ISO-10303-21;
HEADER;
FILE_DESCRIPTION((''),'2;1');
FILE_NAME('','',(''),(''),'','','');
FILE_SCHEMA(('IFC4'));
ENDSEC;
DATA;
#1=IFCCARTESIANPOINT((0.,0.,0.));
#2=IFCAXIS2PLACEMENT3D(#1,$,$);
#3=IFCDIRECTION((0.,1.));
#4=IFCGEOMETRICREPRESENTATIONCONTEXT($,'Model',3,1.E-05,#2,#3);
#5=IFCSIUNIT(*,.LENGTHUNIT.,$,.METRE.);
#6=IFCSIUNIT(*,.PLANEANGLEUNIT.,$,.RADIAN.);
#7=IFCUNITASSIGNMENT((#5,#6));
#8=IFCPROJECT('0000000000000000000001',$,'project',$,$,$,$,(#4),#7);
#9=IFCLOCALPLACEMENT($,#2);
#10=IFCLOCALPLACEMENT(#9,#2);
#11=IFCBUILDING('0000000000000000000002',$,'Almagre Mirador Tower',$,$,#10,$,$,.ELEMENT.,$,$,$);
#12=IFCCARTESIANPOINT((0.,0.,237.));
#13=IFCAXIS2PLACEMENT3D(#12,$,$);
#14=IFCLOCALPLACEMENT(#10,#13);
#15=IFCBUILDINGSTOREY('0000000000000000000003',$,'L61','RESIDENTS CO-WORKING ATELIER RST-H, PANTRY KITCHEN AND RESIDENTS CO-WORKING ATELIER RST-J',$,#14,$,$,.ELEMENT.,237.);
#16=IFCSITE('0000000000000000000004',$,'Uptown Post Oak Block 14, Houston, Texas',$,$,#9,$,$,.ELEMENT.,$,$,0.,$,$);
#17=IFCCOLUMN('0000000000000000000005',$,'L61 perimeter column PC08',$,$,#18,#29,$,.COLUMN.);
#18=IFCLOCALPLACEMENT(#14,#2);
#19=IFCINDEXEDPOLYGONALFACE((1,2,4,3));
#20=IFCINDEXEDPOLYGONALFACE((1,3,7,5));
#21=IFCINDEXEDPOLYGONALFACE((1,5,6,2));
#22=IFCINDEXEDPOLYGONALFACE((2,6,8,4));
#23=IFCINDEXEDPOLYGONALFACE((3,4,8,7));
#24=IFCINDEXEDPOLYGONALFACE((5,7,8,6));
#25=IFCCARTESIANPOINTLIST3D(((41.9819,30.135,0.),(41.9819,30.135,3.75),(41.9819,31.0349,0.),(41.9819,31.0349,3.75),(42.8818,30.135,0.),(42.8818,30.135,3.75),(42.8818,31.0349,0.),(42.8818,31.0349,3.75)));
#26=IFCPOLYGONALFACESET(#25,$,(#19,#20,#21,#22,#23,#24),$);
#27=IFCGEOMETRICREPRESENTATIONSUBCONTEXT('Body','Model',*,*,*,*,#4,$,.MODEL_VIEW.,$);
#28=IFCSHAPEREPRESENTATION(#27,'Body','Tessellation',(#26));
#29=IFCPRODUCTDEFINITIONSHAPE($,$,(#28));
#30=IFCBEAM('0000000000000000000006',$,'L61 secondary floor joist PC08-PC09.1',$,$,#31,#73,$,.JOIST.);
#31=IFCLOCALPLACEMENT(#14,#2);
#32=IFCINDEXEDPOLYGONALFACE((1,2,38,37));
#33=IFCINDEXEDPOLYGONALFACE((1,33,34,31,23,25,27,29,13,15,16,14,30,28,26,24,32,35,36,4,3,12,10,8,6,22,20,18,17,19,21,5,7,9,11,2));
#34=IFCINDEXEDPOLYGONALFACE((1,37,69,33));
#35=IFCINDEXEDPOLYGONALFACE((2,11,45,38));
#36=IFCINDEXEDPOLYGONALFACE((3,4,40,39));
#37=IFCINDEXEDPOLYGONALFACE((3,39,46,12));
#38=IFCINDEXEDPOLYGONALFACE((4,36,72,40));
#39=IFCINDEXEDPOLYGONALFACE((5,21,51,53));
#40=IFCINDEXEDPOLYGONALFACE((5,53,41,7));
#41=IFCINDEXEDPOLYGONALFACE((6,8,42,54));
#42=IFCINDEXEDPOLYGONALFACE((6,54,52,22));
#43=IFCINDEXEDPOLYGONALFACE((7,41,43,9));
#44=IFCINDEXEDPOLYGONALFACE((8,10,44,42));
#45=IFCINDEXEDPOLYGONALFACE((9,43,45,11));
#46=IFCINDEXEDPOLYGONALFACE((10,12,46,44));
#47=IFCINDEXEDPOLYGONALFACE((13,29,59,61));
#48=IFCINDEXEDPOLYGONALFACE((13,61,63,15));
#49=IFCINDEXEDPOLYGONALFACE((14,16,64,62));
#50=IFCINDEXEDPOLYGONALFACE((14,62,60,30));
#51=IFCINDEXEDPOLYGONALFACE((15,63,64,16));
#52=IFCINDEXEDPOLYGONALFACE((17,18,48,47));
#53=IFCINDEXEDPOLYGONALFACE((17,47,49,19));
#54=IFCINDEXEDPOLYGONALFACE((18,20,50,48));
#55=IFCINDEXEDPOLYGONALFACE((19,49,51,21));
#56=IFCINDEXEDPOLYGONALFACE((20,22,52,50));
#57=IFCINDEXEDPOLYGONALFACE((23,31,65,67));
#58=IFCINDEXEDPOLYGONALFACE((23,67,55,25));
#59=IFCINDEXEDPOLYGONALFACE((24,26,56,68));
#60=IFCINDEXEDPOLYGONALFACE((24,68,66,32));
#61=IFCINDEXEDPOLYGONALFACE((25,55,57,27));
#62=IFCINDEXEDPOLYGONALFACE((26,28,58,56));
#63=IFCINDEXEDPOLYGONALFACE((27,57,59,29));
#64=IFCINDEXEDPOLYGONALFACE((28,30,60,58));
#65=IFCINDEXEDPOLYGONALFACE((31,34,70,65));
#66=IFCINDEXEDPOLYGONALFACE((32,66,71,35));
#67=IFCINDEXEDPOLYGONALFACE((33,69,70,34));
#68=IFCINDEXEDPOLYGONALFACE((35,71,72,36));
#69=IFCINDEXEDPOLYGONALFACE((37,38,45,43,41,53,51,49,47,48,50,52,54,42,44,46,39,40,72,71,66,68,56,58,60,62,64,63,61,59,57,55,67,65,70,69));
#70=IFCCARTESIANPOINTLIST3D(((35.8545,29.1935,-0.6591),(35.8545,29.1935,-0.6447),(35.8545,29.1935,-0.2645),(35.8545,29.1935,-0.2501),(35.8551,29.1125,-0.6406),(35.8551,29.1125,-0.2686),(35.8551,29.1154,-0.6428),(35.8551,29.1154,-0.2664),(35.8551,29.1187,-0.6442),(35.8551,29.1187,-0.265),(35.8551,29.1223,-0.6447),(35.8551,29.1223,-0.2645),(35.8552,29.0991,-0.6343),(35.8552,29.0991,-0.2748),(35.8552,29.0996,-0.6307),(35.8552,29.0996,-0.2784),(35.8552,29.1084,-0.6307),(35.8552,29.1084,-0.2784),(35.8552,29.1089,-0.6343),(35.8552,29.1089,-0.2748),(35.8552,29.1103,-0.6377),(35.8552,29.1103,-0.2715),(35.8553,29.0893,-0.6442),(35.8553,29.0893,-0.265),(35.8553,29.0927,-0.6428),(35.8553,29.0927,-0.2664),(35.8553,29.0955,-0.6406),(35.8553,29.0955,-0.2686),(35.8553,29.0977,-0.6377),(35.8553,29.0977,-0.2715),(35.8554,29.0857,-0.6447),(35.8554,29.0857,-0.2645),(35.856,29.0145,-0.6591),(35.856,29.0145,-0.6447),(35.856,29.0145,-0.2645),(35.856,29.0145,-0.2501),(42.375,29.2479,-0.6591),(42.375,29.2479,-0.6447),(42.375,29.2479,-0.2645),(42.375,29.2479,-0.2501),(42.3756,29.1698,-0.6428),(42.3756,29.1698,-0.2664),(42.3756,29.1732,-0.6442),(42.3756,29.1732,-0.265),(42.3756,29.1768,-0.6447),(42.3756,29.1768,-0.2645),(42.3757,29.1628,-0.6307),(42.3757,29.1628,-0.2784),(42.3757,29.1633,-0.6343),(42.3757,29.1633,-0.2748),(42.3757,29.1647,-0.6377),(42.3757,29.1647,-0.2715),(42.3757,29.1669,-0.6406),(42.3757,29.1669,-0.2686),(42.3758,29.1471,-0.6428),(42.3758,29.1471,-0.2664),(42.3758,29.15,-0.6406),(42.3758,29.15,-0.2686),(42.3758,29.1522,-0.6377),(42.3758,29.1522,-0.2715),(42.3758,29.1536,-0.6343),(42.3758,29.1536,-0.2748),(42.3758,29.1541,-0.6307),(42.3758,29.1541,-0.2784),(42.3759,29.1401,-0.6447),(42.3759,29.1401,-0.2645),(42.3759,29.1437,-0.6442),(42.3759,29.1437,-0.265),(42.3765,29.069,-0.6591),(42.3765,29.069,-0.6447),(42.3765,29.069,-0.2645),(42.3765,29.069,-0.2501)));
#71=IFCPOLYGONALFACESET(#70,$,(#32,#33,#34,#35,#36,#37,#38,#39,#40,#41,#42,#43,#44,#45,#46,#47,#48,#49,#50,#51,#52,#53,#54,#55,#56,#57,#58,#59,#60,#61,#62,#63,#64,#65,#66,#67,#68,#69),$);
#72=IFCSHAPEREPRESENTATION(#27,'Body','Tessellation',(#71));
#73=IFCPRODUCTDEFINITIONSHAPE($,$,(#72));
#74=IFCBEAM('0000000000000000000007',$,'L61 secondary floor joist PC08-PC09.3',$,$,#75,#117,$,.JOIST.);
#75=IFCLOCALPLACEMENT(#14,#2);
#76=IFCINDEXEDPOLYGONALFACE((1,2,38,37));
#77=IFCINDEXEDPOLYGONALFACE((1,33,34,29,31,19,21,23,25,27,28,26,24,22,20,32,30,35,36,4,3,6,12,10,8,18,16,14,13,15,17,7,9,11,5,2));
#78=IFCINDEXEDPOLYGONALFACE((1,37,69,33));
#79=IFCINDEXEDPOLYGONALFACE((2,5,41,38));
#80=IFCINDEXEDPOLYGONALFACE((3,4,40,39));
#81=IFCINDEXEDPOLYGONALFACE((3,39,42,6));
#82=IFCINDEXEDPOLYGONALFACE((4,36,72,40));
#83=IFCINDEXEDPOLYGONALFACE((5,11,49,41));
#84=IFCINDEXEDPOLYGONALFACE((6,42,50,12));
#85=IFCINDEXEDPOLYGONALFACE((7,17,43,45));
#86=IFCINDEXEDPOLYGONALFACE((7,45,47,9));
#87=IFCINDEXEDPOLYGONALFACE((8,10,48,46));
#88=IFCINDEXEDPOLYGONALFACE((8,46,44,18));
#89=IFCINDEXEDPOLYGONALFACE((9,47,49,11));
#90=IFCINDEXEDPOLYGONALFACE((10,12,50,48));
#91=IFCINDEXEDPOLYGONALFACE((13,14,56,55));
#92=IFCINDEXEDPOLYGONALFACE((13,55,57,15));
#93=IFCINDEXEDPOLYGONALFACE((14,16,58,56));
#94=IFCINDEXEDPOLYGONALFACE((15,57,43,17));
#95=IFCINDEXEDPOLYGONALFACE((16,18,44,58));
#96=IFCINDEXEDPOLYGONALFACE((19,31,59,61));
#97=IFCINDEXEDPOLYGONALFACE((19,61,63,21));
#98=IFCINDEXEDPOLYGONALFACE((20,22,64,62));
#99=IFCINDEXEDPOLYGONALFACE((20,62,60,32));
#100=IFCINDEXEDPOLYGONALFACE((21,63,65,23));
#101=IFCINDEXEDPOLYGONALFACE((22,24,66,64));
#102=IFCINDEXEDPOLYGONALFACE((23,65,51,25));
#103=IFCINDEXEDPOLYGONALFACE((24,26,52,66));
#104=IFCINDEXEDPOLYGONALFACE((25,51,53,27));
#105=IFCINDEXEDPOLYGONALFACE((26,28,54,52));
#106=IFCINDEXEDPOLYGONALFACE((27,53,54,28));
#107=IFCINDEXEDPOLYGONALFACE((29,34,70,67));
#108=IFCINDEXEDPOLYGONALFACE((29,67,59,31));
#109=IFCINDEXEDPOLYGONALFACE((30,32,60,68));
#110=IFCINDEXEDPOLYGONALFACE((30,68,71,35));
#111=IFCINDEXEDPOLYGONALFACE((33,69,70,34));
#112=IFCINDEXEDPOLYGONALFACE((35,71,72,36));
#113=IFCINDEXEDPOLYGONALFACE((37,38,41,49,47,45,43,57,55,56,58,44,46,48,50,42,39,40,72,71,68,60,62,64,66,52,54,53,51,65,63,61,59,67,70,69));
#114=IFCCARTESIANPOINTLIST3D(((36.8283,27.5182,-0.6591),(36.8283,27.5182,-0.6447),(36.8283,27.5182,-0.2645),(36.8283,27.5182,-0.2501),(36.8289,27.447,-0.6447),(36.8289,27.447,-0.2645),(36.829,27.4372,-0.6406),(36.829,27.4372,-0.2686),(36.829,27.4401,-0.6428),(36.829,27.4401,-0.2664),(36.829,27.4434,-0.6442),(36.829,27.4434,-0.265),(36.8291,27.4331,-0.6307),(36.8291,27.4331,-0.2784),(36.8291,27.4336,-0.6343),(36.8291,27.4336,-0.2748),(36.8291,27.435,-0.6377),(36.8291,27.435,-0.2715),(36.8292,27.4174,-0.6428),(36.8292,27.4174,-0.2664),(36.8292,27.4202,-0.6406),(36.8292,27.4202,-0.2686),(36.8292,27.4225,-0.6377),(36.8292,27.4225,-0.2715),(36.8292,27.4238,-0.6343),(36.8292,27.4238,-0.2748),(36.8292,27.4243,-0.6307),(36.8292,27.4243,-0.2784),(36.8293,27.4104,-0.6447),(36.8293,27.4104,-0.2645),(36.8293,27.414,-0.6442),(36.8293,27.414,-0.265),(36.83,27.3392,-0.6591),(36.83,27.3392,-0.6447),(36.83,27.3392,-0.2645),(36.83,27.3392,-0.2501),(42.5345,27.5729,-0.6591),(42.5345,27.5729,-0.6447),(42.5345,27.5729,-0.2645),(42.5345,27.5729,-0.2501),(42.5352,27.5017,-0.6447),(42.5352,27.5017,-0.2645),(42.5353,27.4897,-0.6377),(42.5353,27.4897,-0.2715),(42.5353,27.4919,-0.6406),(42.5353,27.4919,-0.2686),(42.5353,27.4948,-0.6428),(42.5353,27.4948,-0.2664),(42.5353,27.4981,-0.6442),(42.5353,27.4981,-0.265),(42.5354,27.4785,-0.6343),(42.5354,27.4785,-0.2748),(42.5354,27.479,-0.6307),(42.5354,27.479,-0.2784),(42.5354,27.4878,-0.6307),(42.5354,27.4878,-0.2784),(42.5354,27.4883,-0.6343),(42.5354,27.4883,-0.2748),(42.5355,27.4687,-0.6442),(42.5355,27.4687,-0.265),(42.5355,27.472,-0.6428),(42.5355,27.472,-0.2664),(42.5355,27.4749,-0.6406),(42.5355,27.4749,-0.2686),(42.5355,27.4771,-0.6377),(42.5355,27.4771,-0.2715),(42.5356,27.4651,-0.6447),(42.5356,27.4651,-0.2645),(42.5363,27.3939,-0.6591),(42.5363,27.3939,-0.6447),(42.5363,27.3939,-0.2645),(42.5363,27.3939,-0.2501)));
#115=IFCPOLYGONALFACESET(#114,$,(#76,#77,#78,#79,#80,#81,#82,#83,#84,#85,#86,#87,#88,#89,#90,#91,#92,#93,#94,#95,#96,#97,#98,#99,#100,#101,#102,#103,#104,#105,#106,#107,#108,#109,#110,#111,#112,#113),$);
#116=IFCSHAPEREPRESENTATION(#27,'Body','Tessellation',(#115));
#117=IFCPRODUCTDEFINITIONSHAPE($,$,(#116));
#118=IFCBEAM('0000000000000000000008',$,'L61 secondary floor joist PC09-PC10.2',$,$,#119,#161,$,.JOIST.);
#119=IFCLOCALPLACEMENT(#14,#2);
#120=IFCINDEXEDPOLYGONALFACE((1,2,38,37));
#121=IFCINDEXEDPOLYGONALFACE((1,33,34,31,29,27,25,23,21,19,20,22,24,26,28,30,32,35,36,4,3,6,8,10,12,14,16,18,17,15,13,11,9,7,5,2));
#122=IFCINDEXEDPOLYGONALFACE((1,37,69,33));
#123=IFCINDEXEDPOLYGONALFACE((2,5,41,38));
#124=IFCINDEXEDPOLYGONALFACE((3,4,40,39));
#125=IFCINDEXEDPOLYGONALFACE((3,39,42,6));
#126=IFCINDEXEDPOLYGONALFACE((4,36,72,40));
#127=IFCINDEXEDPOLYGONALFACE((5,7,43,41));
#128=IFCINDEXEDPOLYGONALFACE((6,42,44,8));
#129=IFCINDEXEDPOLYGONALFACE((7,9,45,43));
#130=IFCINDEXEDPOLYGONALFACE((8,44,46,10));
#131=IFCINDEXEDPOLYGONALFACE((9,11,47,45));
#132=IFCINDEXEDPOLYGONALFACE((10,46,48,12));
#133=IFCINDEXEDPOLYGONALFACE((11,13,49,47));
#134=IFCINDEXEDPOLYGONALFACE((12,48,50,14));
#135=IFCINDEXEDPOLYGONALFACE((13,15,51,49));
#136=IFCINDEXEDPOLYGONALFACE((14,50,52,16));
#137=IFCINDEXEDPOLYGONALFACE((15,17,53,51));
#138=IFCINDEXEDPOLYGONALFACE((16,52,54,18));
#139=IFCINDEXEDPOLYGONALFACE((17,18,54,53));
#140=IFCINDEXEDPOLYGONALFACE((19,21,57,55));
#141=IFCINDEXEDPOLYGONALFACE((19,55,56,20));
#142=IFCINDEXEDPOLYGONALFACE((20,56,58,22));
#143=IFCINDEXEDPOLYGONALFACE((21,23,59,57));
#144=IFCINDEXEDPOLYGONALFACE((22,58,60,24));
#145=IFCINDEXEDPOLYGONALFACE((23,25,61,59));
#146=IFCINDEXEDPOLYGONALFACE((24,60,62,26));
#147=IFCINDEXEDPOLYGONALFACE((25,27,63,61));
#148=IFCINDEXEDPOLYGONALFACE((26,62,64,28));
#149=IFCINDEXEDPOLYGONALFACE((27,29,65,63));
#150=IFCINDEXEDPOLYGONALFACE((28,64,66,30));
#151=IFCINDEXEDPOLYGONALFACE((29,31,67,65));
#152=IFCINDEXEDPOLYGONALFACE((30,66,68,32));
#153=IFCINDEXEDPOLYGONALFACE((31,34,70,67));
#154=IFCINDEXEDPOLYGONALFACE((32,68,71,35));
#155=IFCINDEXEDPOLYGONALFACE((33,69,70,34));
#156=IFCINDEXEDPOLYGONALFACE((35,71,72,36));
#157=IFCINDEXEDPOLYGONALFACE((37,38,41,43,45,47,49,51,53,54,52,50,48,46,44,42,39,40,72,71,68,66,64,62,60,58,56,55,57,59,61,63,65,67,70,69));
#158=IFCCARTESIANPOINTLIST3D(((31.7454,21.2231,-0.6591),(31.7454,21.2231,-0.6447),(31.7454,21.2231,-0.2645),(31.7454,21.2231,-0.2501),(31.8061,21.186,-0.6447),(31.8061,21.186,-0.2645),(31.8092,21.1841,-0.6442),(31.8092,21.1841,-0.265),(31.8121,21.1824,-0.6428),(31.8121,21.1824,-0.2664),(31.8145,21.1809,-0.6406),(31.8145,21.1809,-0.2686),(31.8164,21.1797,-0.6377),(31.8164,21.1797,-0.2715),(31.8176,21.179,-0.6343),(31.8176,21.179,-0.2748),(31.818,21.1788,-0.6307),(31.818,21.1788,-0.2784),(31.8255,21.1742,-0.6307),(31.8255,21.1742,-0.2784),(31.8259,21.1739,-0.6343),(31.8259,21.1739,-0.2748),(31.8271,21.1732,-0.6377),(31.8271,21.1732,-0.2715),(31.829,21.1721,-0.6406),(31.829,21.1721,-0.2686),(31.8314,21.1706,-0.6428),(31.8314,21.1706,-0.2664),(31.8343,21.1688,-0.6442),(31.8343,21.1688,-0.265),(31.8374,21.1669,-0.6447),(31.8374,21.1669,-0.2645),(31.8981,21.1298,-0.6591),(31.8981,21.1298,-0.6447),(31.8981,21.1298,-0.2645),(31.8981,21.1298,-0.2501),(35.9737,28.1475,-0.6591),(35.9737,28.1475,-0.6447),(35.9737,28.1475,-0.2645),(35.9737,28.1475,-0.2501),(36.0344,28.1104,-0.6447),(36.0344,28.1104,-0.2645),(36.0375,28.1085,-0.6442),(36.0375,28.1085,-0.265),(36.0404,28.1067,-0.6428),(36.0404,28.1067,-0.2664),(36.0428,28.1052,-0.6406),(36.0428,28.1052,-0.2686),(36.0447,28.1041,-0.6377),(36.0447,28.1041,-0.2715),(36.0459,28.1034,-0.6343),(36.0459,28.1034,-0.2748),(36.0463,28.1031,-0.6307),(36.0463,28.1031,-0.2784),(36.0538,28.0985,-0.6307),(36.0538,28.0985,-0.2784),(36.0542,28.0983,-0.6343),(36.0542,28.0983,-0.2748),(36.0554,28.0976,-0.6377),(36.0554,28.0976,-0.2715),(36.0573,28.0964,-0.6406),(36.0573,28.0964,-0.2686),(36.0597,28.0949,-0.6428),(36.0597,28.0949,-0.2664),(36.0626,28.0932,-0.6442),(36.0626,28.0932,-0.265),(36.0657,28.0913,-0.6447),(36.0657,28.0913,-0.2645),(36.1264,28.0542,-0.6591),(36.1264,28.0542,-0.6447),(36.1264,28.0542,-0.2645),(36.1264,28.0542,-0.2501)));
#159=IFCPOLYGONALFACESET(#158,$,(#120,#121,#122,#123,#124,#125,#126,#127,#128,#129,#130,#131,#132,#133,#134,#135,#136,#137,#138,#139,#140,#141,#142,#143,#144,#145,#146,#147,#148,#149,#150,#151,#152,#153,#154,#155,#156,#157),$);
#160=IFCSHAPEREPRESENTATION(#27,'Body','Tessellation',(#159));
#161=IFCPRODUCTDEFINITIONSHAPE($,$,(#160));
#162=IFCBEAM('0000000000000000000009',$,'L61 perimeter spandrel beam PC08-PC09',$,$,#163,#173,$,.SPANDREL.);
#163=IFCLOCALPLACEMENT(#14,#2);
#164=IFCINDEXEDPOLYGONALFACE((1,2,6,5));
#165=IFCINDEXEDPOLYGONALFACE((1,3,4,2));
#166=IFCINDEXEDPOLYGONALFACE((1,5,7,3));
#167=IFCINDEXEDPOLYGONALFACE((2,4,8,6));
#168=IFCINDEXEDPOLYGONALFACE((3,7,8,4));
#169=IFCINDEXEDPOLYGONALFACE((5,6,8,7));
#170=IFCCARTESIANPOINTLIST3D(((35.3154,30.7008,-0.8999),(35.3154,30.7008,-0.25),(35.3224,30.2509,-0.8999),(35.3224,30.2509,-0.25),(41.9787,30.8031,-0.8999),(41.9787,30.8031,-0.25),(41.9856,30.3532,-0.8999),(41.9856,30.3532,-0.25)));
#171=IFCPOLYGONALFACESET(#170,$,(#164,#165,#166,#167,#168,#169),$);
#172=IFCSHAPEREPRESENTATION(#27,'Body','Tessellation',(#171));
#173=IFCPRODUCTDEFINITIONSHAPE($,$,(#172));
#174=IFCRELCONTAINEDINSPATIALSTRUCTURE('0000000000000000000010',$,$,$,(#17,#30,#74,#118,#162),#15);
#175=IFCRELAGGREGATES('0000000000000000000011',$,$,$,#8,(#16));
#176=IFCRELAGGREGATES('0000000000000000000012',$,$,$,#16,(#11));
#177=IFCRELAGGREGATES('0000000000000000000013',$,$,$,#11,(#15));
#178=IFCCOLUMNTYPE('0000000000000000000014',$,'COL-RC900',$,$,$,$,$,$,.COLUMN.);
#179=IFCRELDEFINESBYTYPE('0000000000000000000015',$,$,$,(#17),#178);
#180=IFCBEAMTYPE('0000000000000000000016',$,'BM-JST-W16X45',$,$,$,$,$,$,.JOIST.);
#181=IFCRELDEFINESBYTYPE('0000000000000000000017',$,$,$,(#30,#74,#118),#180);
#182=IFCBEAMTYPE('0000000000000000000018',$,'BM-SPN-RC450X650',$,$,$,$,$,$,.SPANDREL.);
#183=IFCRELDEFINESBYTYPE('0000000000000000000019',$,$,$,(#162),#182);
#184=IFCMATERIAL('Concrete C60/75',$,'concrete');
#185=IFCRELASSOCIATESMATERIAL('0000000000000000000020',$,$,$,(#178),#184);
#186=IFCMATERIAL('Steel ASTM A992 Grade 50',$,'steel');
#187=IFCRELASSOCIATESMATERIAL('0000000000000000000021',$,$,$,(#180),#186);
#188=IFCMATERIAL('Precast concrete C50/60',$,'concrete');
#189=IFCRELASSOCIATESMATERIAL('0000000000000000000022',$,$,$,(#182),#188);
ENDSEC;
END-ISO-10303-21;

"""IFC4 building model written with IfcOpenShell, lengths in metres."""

from ifc_helpers import new_model, si_unit, direction, frame, origin, origin_2d, place, context, subcontext, project, spatial, rectangle, i_section, extrude, material, material_profile, profile_set, type_object, element, save


model = new_model("IFC4")

# Units and contexts
model_context = context("Model", 3, precision=1e-05, world=origin(), true_north=direction((0.0, 1.0)))
body_context = subcontext(model_context, "Body", "Model", "MODEL_VIEW")
ifc_project = project(units=[si_unit("LENGTHUNIT", "METRE"), si_unit("PLANEANGLEUNIT", "RADIAN")], contexts=[model_context])

# Site, building, storey
site_placement = place(None, origin())
site = spatial("IfcSite", under=ifc_project, at=site_placement, Name="Uptown Post Oak Block 14, Houston, Texas", CompositionType="ELEMENT", RefElevation=0.0)
building_placement = place(site_placement, origin())
building = spatial("IfcBuilding", under=site, at=building_placement, Name="Almagre Mirador Tower", CompositionType="ELEMENT")
storey_placement = place(building_placement, frame((0.0, 0.0, 237.0)))
storey = spatial("IfcBuildingStorey", under=building, at=storey_placement, Name="L61", Description="RESIDENTS CO-WORKING ATELIER RST-H, PANTRY KITCHEN AND RESIDENTS CO-WORKING ATELIER RST-J", CompositionType="ELEMENT", Elevation=237.0)

# Column
ifc_material_1 = material(Name="Concrete C60/75", Category="concrete")
ifc_material_profile_1 = material_profile(ifc_material_1, rectangle(XDim=0.8999, YDim=0.8999, at=origin_2d()), Name="RC900X900")
ifc_profile_set_1 = profile_set([ifc_material_profile_1], Name="Concrete C60/75")
column_type = type_object("IfcColumnType", Name="COL-RC900", PredefinedType="COLUMN", material=ifc_profile_set_1)
column_placement = place(storey_placement, frame((42.4319, 30.585, 0.0), z_axis=(0.0, 0.0, 1.0), x_axis=(1.0, 0.0, 0.0)))
element("IfcColumn", 1, at=column_placement, inside=storey, type_object=column_type, Name="L61 perimeter column PC08", PredefinedType="COLUMN", context=body_context, shape_type="SweptSolid", body=[
    extrude(rectangle(XDim=0.8999, YDim=0.8999, at=origin_2d()), origin(), (0.0, 0.0, 1.0), 3.75),
])

# Beams
ifc_material_2 = material(Name="Steel ASTM A992 Grade 50", Category="steel")
ifc_material_profile_2 = material_profile(ifc_material_2, i_section(OverallWidth=0.179, OverallDepth=0.4089, WebThickness=0.0088, FlangeThickness=0.0144, FilletRadius=0.0139, at=origin_2d()), Name="W16X45")
ifc_profile_set_2 = profile_set([ifc_material_profile_2], Name="Steel ASTM A992 Grade 50")
beam_type_1 = type_object("IfcBeamType", Name="BM-JST-W16X45", PredefinedType="JOIST", material=ifc_profile_set_2)
beam_1_placement = place(storey_placement, frame((42.3757, 29.1584, -0.4546), z_axis=(-0.999965, -0.008349, 0.0), x_axis=(0.008349, -0.999965, 0.0)))
element("IfcBeam", 2, at=beam_1_placement, inside=storey, type_object=beam_type_1, Name="L61 secondary floor joist PC08-PC09.1", PredefinedType="JOIST", context=body_context, shape_type="SweptSolid", body=[
    extrude(i_section(OverallWidth=0.179, OverallDepth=0.4089, WebThickness=0.0088, FlangeThickness=0.0144, FilletRadius=0.0139, at=origin_2d()), origin(), (0.0, 0.0, 1.0), 6.5208),
])
beam_2_placement = place(storey_placement, frame((42.5354, 27.4834, -0.4546), z_axis=(-0.999954, -0.009583, 0.0), x_axis=(0.009583, -0.999954, 0.0)))
element("IfcBeam", 3, at=beam_2_placement, inside=storey, type_object=beam_type_1, Name="L61 secondary floor joist PC08-PC09.3", PredefinedType="JOIST", context=body_context, shape_type="SweptSolid", body=[
    extrude(i_section(OverallWidth=0.179, OverallDepth=0.4089, WebThickness=0.0088, FlangeThickness=0.0144, FilletRadius=0.0139, at=origin_2d()), origin(), (0.0, 0.0, 1.0), 5.7065),
])
beam_3_placement = place(storey_placement, frame((36.05, 28.1008, -0.4546), z_axis=(-0.521158, -0.85346, 0.0), x_axis=(0.85346, -0.521158, 0.0)))
element("IfcBeam", 4, at=beam_3_placement, inside=storey, type_object=beam_type_1, Name="L61 secondary floor joist PC09-PC10.2", PredefinedType="JOIST", context=body_context, shape_type="SweptSolid", body=[
    extrude(i_section(OverallWidth=0.179, OverallDepth=0.4089, WebThickness=0.0088, FlangeThickness=0.0144, FilletRadius=0.0139, at=origin_2d()), origin(), (0.0, 0.0, 1.0), 8.1133),
])
ifc_material_3 = material(Name="Precast concrete C50/60", Category="concrete")
ifc_material_profile_3 = material_profile(ifc_material_3, rectangle(XDim=0.45, YDim=0.6499, at=origin_2d()), Name="RC450X650")
ifc_profile_set_3 = profile_set([ifc_material_profile_3], Name="Precast concrete C50/60")
beam_type_2 = type_object("IfcBeamType", Name="BM-SPN-RC450X650", PredefinedType="SPANDREL", material=ifc_profile_set_3)
beam_4_placement = place(storey_placement, frame((41.9822, 30.5781, -0.575), z_axis=(-0.999882, -0.01535, 0.0), x_axis=(0.01535, -0.999882, 0.0)))
element("IfcBeam", 5, at=beam_4_placement, inside=storey, type_object=beam_type_2, Name="L61 perimeter spandrel beam PC08-PC09", PredefinedType="SPANDREL", context=body_context, shape_type="SweptSolid", body=[
    extrude(rectangle(XDim=0.45, YDim=0.6499, at=origin_2d()), origin(), (0.0, 0.0, 1.0), 6.6641),
])

save(model, "model.ifc")
